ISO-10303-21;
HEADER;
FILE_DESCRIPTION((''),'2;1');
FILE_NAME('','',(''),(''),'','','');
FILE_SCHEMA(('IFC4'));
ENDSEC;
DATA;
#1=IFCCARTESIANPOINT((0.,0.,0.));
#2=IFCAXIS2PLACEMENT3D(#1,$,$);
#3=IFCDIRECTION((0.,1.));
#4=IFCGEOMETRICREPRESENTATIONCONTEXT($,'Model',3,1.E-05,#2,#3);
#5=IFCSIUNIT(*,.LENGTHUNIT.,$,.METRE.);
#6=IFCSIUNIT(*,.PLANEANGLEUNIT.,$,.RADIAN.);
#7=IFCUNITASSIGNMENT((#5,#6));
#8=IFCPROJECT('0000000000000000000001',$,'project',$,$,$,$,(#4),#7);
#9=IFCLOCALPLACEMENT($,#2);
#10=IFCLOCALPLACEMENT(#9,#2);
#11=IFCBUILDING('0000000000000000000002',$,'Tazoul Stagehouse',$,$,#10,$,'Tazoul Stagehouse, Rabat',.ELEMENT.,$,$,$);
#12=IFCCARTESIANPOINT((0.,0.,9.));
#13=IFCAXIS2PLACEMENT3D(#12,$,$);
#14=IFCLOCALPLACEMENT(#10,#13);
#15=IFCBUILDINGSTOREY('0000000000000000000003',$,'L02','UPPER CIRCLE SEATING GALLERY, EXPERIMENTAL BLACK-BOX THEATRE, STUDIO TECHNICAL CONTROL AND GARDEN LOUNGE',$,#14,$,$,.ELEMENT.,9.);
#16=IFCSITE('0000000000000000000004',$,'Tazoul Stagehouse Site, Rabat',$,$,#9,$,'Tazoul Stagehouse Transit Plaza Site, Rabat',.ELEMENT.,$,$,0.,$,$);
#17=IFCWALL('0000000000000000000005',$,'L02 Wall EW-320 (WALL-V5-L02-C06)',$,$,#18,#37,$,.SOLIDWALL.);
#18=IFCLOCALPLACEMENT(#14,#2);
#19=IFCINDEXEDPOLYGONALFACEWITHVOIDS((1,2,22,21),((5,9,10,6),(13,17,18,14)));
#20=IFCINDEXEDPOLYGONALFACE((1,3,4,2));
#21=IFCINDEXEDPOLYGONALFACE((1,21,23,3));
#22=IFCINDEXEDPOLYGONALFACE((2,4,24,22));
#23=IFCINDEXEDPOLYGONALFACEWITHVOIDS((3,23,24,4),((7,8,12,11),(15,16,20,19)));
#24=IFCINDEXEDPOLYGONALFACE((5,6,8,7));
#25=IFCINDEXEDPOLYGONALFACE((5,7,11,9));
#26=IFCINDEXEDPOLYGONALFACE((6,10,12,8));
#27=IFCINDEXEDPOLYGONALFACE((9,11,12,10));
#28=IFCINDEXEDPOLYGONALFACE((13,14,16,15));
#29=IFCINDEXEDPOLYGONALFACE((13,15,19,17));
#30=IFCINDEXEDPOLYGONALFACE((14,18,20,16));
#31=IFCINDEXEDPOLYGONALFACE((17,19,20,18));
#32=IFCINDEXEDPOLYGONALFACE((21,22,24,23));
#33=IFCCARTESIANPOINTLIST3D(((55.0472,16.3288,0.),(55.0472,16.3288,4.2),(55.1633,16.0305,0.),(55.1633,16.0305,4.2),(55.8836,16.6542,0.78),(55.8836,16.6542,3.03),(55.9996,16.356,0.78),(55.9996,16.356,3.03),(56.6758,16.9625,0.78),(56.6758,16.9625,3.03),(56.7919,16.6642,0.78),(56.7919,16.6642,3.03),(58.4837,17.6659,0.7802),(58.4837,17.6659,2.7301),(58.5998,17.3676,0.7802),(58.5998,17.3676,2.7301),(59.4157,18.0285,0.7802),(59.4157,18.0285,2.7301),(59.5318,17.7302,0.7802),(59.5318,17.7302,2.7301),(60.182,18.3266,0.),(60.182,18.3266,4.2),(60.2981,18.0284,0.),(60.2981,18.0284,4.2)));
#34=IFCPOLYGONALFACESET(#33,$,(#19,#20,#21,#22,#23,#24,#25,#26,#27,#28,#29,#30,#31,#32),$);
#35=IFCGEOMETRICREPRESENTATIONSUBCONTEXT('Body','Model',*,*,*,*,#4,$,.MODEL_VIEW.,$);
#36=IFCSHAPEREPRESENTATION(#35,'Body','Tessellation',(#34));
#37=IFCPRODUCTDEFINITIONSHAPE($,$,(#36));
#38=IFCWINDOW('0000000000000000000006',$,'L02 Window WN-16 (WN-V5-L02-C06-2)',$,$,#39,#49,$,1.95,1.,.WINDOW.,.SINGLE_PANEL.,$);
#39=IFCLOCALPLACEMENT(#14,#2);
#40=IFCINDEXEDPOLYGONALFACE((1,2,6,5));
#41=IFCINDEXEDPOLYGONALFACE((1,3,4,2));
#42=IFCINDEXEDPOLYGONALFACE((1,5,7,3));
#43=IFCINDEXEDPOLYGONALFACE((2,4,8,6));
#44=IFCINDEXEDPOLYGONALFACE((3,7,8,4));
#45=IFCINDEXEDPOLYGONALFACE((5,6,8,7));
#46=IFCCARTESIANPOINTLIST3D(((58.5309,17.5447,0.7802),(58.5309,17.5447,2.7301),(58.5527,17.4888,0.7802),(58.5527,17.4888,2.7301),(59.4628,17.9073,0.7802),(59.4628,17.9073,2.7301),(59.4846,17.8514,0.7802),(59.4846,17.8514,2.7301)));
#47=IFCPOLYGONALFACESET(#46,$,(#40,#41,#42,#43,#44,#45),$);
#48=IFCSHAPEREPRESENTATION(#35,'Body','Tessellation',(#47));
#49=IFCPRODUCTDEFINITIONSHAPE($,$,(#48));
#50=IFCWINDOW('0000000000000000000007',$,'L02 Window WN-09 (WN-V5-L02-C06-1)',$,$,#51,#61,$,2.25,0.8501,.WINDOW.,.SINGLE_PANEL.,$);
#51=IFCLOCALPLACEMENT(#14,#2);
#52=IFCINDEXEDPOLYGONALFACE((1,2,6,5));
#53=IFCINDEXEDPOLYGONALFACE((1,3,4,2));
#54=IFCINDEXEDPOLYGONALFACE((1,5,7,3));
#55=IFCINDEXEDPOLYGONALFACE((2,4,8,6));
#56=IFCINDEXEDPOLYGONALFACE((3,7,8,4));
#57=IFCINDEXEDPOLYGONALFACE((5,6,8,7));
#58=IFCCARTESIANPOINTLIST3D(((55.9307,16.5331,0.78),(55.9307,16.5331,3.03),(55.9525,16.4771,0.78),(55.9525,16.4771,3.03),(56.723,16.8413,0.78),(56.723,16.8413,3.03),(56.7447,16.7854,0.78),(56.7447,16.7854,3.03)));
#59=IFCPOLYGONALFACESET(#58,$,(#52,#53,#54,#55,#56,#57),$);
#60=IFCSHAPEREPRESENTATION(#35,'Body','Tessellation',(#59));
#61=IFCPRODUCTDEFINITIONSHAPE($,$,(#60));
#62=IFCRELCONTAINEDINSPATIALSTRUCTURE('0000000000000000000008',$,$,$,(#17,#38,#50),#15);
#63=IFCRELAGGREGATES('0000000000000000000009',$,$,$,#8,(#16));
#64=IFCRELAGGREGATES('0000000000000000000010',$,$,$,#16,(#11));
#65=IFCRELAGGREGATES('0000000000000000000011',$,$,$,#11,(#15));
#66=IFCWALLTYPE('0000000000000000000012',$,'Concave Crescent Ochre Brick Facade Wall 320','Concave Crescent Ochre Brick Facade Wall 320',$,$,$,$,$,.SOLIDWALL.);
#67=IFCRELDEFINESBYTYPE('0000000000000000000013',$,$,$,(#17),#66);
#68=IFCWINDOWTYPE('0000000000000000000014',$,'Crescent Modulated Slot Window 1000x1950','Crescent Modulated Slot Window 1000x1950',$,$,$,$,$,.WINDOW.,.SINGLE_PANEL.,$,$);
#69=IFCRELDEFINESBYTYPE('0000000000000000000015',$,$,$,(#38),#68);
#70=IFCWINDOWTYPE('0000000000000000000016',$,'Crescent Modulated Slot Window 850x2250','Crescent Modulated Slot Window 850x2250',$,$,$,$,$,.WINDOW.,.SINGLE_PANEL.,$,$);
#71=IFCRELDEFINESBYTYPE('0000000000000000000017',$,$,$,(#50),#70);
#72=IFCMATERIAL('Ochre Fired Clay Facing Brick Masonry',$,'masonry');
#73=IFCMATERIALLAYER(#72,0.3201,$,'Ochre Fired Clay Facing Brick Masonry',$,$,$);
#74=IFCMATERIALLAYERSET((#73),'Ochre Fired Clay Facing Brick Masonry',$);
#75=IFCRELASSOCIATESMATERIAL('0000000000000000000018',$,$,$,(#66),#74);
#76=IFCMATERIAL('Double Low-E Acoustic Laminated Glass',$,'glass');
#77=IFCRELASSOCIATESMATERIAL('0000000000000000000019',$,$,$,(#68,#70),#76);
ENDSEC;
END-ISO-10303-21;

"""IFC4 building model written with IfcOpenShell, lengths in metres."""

from ifc_helpers import new_model, si_unit, direction, frame, frame_2d, origin, place, context, subcontext, project, spatial, rectangle, extrude, material, layer, layer_set, type_object, element, fill, save


model = new_model("IFC4")

# Units and contexts
model_context = context("Model", 3, precision=1e-05, world=origin(), true_north=direction((0.0, 1.0)))
body_context = subcontext(model_context, "Body", "Model", "MODEL_VIEW")
ifc_project = project(units=[si_unit("LENGTHUNIT", "METRE"), si_unit("PLANEANGLEUNIT", "RADIAN")], contexts=[model_context])

# Site, building, storey
site_placement = place(None, origin())
site = spatial("IfcSite", under=ifc_project, at=site_placement, Name="Tazoul Stagehouse Site, Rabat", LongName="Tazoul Stagehouse Transit Plaza Site, Rabat", CompositionType="ELEMENT", RefElevation=0.0)
building_placement = place(site_placement, origin())
building = spatial("IfcBuilding", under=site, at=building_placement, Name="Tazoul Stagehouse", LongName="Tazoul Stagehouse, Rabat", CompositionType="ELEMENT")
storey_placement = place(building_placement, frame((0.0, 0.0, 9.0)))
storey = spatial("IfcBuildingStorey", under=building, at=storey_placement, Name="L02", Description="UPPER CIRCLE SEATING GALLERY, EXPERIMENTAL BLACK-BOX THEATRE, STUDIO TECHNICAL CONTROL AND GARDEN LOUNGE", CompositionType="ELEMENT", Elevation=9.0)

# Wall, openings, windows
ifc_material_1 = material(Name="Ochre Fired Clay Facing Brick Masonry", Category="masonry")
ifc_layer = layer(ifc_material_1, 0.3201, Name="Ochre Fired Clay Facing Brick Masonry")
ifc_layer_set = layer_set([ifc_layer], Name="Ochre Fired Clay Facing Brick Masonry")
wall_type = type_object("IfcWallType", Name="Concave Crescent Ochre Brick Facade Wall 320", Description="Concave Crescent Ochre Brick Facade Wall 320", PredefinedType="SOLIDWALL", material=ifc_layer_set)
wall_placement = place(storey_placement, frame((55.1052, 16.1797, 0.0), z_axis=(0.0, 0.0, 1.0), x_axis=(0.931946, 0.362596, 0.0)))
wall = element("IfcWall", 1, at=wall_placement, inside=storey, type_object=wall_type, Name="L02 Wall EW-320 (WALL-V5-L02-C06)", PredefinedType="SOLIDWALL", context=body_context, shape_type="SweptSolid", body=[
    extrude(rectangle(XDim=5.5098, YDim=0.3201, at=frame_2d((2.7549, 0.0))), origin(), (0.0, 0.0, 1.0), 4.2),
])
opening_1_placement = place(wall_placement, frame((0.8975, 0.0, 0.78)))
opening_1 = element("IfcOpeningElement", 2, at=opening_1_placement, cuts=wall, PredefinedType="OPENING", context=body_context, shape_type="SweptSolid", body=[
    extrude(rectangle(XDim=0.8501, YDim=2.25, at=frame_2d((0.425, 1.125))), frame((0.0, 0.1799, 0.0), z_axis=(0.0, -1.0, 0.0), x_axis=(1.0, 0.0, 0.0)), (0.0, 0.0, 1.0), 0.3601),
])
opening_2_placement = place(wall_placement, frame((3.6875, 0.0, 0.78)))
opening_2 = element("IfcOpeningElement", 3, at=opening_2_placement, cuts=wall, PredefinedType="OPENING", context=body_context, shape_type="SweptSolid", body=[
    extrude(rectangle(XDim=1.0, YDim=1.95, at=frame_2d((0.5, 0.9751))), frame((0.0, 0.1799, 0.0), z_axis=(0.0, -1.0, 0.0), x_axis=(1.0, 0.0, 0.0)), (0.0, 0.0, 1.0), 0.3601),
])
ifc_material_2 = material(Name="Double Low-E Acoustic Laminated Glass", Category="glass")
window_type_1 = type_object("IfcWindowType", Name="Crescent Modulated Slot Window 1000x1950", Description="Crescent Modulated Slot Window 1000x1950", PartitioningType="SINGLE_PANEL", PredefinedType="WINDOW", material=ifc_material_2)
window_1_placement = place(opening_2_placement, origin())
window_1 = element("IfcWindow", 4, at=window_1_placement, inside=storey, type_object=window_type_1, Name="L02 Window WN-16 (WN-V5-L02-C06-2)", OverallHeight=1.95, OverallWidth=1.0, PartitioningType="SINGLE_PANEL", PredefinedType="WINDOW", context=body_context, shape_type="SweptSolid", body=[
    extrude(rectangle(XDim=1.0, YDim=1.95, at=frame_2d((0.5, 0.9751))), frame((0.0, 0.03, 0.0), z_axis=(0.0, -1.0, 0.0), x_axis=(1.0, 0.0, 0.0)), (0.0, 0.0, 1.0), 0.0601),
])
fill(opening_2, window_1)
window_type_2 = type_object("IfcWindowType", Name="Crescent Modulated Slot Window 850x2250", Description="Crescent Modulated Slot Window 850x2250", PartitioningType="SINGLE_PANEL", PredefinedType="WINDOW", material=ifc_material_2)
window_2_placement = place(opening_1_placement, origin())
window_2 = element("IfcWindow", 5, at=window_2_placement, inside=storey, type_object=window_type_2, Name="L02 Window WN-09 (WN-V5-L02-C06-1)", OverallHeight=2.25, OverallWidth=0.8501, PartitioningType="SINGLE_PANEL", PredefinedType="WINDOW", context=body_context, shape_type="SweptSolid", body=[
    extrude(rectangle(XDim=0.8501, YDim=2.25, at=frame_2d((0.425, 1.125))), frame((0.0, 0.03, 0.0), z_axis=(0.0, -1.0, 0.0), x_axis=(1.0, 0.0, 0.0)), (0.0, 0.0, 1.0), 0.0601),
])
fill(opening_1, window_2)

save(model, "model.ifc")
